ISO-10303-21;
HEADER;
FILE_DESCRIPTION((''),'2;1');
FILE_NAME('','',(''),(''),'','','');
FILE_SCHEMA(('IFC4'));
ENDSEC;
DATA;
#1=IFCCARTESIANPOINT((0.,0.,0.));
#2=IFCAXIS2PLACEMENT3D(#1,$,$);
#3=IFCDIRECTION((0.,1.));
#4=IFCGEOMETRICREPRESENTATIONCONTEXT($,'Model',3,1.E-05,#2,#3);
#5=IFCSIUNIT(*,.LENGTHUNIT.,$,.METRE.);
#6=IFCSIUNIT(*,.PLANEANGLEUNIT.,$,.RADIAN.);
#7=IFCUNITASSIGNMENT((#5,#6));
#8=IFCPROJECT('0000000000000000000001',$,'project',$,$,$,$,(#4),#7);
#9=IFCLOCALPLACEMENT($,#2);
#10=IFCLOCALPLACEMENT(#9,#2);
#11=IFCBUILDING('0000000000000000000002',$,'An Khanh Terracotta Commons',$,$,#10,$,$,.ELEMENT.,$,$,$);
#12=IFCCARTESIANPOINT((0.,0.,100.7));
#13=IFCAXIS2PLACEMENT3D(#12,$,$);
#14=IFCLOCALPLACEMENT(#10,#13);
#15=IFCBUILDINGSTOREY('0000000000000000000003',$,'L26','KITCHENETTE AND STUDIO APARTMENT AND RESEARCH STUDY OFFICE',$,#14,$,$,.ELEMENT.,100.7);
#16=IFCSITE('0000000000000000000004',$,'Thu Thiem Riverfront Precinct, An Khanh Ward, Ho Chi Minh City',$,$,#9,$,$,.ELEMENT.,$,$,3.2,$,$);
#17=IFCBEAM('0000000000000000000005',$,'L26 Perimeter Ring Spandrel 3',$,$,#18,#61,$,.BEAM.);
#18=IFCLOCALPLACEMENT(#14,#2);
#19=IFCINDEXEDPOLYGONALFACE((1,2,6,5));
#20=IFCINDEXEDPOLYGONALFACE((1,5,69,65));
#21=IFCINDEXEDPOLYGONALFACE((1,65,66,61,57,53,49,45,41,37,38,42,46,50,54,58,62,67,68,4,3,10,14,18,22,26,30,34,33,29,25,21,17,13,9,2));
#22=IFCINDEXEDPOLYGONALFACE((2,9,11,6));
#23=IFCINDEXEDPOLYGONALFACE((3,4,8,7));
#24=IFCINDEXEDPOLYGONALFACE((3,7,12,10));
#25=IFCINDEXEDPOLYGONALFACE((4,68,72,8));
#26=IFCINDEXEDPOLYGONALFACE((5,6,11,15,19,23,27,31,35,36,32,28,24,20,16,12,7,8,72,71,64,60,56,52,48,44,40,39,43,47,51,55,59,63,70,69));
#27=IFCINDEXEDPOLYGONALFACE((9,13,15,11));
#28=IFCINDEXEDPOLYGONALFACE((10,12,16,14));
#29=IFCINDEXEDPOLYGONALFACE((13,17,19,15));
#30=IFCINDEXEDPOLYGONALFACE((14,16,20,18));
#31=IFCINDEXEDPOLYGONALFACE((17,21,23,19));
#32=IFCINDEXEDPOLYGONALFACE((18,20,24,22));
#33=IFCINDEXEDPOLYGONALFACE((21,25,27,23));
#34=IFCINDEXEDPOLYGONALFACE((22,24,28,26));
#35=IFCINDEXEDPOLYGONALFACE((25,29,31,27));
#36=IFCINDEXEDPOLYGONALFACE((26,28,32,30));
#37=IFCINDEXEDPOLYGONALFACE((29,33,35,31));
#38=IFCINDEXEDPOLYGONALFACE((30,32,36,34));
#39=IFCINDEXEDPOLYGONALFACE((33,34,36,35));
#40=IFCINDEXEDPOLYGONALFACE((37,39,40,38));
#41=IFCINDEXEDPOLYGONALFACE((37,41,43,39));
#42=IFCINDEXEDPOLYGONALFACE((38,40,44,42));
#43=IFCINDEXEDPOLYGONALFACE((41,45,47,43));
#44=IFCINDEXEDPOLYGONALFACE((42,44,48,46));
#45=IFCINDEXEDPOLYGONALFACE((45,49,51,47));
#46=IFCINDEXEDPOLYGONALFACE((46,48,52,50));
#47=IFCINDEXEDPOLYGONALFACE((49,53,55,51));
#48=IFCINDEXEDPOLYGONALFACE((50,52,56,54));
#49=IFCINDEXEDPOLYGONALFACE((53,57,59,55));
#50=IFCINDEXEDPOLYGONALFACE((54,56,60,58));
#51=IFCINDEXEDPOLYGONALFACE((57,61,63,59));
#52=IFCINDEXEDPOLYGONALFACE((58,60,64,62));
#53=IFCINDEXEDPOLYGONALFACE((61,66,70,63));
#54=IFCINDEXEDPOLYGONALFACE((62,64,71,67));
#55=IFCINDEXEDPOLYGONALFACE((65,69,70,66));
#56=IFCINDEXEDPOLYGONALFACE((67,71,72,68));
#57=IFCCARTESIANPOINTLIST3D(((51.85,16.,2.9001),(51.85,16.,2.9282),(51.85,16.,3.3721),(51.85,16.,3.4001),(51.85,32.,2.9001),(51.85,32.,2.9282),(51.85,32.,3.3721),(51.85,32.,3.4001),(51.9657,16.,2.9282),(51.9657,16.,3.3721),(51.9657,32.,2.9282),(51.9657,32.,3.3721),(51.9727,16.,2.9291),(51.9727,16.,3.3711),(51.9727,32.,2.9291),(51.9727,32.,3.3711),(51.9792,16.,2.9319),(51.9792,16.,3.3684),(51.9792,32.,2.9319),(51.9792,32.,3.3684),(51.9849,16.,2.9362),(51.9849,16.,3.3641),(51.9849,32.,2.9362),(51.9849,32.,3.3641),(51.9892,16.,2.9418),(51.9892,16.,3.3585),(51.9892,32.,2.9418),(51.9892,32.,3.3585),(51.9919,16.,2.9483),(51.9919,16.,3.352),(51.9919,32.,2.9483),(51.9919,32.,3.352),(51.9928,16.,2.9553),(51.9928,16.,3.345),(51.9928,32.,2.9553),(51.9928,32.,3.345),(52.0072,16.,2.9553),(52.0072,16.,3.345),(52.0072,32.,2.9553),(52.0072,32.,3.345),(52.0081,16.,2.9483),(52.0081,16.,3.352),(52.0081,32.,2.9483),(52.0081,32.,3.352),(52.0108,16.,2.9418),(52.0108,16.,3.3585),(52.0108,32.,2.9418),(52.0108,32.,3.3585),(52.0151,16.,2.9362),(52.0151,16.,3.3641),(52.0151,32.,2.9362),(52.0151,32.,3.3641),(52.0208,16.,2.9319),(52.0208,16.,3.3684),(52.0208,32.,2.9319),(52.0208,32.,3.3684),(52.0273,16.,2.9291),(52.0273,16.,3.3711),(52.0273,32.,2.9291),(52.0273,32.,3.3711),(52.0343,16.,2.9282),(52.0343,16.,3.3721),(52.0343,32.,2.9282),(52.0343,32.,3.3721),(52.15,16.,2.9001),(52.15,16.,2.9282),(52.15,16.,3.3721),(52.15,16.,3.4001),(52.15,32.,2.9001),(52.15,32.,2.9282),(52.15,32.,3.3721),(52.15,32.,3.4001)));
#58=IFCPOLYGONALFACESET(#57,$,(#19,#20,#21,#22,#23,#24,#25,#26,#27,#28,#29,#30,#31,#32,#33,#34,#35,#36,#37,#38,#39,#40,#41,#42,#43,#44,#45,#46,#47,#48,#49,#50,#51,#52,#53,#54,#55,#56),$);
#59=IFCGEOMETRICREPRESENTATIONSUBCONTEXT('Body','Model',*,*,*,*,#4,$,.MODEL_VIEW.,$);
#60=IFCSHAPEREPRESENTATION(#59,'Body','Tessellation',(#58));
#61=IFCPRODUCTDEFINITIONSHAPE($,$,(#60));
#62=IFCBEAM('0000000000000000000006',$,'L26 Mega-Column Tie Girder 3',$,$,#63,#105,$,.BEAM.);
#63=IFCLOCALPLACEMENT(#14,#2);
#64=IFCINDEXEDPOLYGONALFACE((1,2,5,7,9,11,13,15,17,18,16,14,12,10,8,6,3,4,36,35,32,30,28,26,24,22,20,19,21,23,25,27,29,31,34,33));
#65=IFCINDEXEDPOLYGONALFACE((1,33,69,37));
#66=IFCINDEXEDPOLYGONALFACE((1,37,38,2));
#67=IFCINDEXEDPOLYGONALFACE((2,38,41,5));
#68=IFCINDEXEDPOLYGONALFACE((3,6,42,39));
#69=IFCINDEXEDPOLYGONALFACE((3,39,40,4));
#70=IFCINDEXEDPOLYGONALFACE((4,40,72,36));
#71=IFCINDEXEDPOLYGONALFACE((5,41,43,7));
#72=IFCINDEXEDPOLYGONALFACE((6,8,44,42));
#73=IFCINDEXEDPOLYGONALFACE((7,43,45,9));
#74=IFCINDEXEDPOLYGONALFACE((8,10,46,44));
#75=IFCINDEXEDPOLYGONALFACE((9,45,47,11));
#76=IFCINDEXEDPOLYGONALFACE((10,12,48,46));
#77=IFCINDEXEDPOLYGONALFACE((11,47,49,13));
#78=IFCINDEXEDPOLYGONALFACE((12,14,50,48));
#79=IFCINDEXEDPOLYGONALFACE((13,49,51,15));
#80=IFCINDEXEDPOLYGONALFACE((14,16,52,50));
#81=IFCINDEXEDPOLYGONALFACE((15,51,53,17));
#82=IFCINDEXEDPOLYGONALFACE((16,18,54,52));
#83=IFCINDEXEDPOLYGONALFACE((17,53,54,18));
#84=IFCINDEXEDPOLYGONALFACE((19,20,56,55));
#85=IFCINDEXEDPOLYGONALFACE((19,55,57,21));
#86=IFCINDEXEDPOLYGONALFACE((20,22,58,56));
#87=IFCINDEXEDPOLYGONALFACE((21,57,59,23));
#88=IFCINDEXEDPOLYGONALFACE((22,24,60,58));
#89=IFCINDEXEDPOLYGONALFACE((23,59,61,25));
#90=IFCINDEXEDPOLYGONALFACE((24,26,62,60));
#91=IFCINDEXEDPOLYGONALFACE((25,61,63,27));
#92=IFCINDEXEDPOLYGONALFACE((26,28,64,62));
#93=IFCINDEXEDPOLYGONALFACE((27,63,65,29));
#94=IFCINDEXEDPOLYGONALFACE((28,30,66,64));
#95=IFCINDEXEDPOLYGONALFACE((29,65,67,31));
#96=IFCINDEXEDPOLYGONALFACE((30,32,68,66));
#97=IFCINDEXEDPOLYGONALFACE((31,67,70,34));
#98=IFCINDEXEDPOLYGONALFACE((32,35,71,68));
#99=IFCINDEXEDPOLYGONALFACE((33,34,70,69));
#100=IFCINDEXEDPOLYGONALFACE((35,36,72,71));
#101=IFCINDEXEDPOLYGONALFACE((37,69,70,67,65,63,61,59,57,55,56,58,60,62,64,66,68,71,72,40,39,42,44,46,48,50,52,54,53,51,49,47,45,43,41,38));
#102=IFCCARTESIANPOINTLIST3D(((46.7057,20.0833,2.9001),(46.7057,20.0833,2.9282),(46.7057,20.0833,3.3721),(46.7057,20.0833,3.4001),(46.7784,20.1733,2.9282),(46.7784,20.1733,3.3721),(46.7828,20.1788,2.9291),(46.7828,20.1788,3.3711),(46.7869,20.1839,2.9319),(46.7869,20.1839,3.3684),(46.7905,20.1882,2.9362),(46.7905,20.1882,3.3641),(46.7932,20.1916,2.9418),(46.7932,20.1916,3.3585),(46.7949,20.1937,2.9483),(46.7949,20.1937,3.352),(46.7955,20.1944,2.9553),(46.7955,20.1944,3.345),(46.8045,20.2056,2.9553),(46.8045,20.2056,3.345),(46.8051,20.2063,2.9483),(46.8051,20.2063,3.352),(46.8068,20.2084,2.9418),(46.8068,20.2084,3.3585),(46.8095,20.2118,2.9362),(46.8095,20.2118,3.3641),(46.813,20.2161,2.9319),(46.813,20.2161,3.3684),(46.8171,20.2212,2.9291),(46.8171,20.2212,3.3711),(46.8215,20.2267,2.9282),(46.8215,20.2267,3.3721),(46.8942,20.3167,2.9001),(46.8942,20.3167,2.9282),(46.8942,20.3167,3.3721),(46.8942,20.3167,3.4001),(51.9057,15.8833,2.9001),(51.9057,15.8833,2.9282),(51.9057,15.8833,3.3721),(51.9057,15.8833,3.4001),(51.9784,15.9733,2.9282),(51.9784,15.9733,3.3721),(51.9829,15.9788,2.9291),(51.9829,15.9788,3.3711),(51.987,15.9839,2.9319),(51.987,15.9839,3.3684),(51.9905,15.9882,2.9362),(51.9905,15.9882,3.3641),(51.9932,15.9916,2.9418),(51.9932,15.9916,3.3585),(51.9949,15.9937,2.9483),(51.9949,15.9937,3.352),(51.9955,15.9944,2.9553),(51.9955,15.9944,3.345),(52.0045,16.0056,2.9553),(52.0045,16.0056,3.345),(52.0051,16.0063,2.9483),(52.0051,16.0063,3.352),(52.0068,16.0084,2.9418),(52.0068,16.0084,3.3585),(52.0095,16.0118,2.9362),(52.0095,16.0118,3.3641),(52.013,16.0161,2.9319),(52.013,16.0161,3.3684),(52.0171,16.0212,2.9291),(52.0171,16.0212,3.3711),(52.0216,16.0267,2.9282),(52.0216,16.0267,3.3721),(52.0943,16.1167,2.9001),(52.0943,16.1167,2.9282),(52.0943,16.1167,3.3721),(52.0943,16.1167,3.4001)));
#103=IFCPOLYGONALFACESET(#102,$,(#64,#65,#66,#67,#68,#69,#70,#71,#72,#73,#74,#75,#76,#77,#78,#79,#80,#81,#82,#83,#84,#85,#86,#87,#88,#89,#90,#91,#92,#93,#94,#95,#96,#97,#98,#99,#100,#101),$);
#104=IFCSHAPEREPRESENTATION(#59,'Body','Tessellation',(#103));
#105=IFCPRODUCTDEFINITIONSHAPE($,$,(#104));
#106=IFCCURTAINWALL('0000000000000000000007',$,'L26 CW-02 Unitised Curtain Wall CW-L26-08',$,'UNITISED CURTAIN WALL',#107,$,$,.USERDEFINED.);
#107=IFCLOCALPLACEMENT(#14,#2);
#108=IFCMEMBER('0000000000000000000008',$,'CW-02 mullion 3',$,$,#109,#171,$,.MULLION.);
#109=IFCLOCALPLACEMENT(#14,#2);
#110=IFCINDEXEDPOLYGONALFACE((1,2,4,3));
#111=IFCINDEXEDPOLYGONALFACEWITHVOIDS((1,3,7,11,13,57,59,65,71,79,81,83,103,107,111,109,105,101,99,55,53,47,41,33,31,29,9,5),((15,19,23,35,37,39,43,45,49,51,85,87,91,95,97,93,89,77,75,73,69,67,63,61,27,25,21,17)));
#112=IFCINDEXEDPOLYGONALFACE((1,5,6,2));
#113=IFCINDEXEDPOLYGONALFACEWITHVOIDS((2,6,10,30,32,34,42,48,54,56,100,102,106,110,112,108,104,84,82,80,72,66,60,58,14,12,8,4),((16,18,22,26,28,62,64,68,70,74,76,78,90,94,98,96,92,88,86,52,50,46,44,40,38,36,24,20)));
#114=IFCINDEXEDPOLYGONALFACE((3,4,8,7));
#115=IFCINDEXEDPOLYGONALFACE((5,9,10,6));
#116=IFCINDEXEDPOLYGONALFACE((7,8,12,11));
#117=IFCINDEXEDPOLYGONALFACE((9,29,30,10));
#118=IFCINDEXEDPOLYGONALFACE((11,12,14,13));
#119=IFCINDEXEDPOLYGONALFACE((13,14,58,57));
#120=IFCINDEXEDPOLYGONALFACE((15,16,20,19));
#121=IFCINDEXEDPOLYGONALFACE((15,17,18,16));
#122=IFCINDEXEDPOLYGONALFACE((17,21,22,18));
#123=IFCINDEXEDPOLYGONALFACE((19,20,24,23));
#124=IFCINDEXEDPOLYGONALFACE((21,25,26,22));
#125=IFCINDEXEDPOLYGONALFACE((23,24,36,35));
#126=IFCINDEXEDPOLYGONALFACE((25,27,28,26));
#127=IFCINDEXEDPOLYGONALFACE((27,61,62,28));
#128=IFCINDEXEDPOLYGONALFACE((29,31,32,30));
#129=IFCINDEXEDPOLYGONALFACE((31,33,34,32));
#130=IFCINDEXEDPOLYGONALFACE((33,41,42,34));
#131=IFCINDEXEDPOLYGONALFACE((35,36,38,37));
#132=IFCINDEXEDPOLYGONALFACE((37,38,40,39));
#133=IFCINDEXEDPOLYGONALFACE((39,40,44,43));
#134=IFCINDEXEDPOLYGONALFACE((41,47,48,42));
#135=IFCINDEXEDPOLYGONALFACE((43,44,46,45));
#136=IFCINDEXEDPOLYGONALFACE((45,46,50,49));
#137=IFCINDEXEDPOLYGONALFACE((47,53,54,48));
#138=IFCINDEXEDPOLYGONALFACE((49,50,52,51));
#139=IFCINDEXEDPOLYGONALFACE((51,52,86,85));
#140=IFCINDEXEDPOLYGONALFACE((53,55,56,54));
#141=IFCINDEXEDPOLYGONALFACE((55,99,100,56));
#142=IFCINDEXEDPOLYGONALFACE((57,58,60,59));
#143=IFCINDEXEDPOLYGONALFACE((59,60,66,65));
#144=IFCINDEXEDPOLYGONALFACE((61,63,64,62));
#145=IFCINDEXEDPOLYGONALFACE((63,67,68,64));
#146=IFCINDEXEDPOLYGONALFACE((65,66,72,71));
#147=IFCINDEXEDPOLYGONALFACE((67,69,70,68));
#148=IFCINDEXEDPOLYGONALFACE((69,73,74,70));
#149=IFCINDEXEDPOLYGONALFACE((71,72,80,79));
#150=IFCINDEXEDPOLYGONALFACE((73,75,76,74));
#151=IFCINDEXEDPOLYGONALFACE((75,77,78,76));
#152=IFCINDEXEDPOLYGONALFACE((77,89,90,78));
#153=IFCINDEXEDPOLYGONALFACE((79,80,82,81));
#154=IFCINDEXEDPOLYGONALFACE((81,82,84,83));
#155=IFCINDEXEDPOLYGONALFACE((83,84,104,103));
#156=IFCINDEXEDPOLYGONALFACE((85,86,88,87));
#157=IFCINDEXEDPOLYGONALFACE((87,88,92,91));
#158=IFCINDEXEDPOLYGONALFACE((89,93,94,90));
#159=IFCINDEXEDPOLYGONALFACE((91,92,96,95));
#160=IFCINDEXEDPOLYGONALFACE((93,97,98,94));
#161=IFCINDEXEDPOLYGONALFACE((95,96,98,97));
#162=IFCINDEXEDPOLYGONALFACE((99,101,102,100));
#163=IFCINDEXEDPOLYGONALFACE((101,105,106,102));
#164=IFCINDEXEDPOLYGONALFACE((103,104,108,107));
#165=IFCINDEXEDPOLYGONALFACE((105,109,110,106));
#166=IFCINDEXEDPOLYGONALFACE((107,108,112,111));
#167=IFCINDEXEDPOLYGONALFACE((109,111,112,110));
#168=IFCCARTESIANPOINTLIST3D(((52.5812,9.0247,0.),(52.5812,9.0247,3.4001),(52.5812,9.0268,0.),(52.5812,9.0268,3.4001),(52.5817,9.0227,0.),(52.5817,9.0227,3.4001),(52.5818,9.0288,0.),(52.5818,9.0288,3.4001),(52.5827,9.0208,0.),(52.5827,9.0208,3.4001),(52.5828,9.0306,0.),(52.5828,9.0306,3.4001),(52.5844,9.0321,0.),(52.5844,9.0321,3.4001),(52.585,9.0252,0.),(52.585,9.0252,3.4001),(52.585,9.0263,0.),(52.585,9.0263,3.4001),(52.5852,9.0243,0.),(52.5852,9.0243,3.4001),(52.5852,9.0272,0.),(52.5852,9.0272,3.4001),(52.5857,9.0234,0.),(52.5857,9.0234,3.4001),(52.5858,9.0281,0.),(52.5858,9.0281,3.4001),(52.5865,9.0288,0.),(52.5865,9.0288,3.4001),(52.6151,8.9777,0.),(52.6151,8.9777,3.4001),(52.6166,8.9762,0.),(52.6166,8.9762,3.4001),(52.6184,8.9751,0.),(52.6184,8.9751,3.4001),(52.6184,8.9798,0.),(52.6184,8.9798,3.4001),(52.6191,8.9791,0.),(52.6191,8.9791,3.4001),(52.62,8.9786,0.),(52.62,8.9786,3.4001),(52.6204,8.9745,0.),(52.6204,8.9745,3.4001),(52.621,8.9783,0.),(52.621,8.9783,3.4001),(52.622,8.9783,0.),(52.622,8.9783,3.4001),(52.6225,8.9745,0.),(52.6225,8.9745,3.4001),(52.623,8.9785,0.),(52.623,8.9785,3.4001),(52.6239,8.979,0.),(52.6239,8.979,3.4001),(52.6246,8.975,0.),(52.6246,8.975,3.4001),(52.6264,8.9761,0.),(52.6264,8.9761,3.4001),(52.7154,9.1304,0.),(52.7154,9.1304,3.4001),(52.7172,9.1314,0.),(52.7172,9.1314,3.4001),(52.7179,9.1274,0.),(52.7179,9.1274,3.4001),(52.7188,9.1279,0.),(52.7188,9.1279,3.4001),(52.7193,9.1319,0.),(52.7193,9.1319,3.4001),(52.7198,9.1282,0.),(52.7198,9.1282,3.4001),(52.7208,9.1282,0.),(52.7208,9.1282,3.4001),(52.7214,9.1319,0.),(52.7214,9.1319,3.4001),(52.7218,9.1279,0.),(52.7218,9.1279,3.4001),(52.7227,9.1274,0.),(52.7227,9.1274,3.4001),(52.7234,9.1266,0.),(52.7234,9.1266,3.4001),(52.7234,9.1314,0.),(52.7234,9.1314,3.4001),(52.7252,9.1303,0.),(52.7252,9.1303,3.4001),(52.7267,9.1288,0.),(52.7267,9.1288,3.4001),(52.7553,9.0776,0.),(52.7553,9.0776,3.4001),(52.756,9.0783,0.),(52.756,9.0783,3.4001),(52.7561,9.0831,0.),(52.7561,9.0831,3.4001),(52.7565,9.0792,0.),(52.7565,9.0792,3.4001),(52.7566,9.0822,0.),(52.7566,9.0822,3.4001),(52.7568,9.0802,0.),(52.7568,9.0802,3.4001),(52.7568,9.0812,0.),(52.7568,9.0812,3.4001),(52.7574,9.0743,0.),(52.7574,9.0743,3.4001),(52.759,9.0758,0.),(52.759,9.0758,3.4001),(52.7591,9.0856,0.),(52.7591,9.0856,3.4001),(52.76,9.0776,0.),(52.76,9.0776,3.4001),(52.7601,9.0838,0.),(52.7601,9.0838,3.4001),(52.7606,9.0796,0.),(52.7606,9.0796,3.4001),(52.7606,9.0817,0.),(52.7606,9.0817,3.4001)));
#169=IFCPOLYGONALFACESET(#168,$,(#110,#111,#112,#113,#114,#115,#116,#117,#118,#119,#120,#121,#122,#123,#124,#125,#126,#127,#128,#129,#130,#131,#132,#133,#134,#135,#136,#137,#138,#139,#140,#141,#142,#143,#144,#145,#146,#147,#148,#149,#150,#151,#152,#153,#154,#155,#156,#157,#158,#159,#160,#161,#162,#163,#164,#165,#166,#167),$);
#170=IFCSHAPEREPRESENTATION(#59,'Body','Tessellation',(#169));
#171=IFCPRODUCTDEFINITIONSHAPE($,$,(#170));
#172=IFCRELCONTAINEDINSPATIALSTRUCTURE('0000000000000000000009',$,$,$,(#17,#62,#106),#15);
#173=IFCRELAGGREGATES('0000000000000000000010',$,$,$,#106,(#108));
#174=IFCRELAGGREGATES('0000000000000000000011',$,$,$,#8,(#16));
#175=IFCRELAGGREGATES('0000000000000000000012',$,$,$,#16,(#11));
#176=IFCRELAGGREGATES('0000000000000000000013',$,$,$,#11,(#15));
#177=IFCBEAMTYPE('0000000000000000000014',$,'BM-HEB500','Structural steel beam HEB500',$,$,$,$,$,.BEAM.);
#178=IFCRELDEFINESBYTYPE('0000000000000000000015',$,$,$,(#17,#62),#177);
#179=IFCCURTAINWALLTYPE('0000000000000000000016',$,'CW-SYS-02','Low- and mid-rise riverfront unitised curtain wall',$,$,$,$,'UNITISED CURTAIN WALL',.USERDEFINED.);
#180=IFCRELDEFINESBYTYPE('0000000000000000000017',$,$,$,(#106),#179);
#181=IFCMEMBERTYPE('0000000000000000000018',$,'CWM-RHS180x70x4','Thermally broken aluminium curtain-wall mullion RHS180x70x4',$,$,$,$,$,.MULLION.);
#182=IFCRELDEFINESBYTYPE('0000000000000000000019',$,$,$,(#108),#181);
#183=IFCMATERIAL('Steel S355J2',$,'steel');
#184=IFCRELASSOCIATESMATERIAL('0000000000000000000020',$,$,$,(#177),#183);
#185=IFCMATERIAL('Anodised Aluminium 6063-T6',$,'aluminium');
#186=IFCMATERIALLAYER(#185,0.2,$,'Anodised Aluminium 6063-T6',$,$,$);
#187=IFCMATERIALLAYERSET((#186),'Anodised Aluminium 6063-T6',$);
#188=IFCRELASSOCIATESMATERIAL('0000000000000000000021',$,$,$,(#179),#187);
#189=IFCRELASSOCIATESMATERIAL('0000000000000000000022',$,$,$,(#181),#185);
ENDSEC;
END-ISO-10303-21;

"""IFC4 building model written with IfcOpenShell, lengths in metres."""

from ifc_helpers import new_model, si_unit, direction, frame, origin, origin_2d, place, context, subcontext, project, spatial, hollow_rectangle, i_section, extrude, material, layer, layer_set, material_profile, profile_set, type_object, element, aggregate, save


model = new_model("IFC4")

# Units and contexts
model_context = context("Model", 3, precision=1e-05, world=origin(), true_north=direction((0.0, 1.0)))
body_context = subcontext(model_context, "Body", "Model", "MODEL_VIEW")
ifc_project = project(units=[si_unit("LENGTHUNIT", "METRE"), si_unit("PLANEANGLEUNIT", "RADIAN")], contexts=[model_context])

# Site, building, storey
site_placement = place(None, origin())
site = spatial("IfcSite", under=ifc_project, at=site_placement, Name="Thu Thiem Riverfront Precinct, An Khanh Ward, Ho Chi Minh City", CompositionType="ELEMENT", RefElevation=3.2)
building_placement = place(site_placement, origin())
building = spatial("IfcBuilding", under=site, at=building_placement, Name="An Khanh Terracotta Commons", CompositionType="ELEMENT")
storey_placement = place(building_placement, frame((0.0, 0.0, 100.7)))
storey = spatial("IfcBuildingStorey", under=building, at=storey_placement, Name="L26", Description="KITCHENETTE AND STUDIO APARTMENT AND RESEARCH STUDY OFFICE", CompositionType="ELEMENT", Elevation=100.7)

# Beams
ifc_material_1 = material(Name="Steel S355J2", Category="steel")
ifc_material_profile_1 = material_profile(ifc_material_1, i_section(OverallWidth=0.3, OverallDepth=0.5, WebThickness=0.0144, FlangeThickness=0.0281, FilletRadius=0.0271, at=origin_2d()), Name="HEB500")
ifc_profile_set_1 = profile_set([ifc_material_profile_1], Name="Steel S355J2")
beam_type = type_object("IfcBeamType", Name="BM-HEB500", Description="Structural steel beam HEB500", PredefinedType="BEAM", material=ifc_profile_set_1)
beam_1_placement = place(storey_placement, frame((52.0, 16.0, 3.1501), z_axis=(0.0, 1.0, 0.0), x_axis=(-1.0, 0.0, 0.0)))
element("IfcBeam", 1, at=beam_1_placement, inside=storey, type_object=beam_type, Name="L26 Perimeter Ring Spandrel 3", PredefinedType="BEAM", context=body_context, shape_type="SweptSolid", body=[
    extrude(i_section(OverallWidth=0.3, OverallDepth=0.5, WebThickness=0.0144, FlangeThickness=0.0281, FilletRadius=0.0271, at=origin_2d()), origin(), (0.0, 0.0, 1.0), 16.0),
])
beam_2_placement = place(storey_placement, frame((52.0, 16.0, 3.1501), z_axis=(-0.777942, 0.628336, 0.0), x_axis=(-0.628336, -0.777942, 0.0)))
element("IfcBeam", 2, at=beam_2_placement, inside=storey, type_object=beam_type, Name="L26 Mega-Column Tie Girder 3", PredefinedType="BEAM", context=body_context, shape_type="SweptSolid", body=[
    extrude(i_section(OverallWidth=0.3, OverallDepth=0.5, WebThickness=0.0144, FlangeThickness=0.0281, FilletRadius=0.0271, at=origin_2d()), origin(), (0.0, 0.0, 1.0), 6.6843),
])

# Curtain wall, member
ifc_material_2 = material(Name="Anodised Aluminium 6063-T6", Category="aluminium")
ifc_layer_1 = layer(ifc_material_2, 0.2, Name="Anodised Aluminium 6063-T6")
ifc_layer_set_1 = layer_set([ifc_layer_1], Name="Anodised Aluminium 6063-T6")
curtain_wall_type = type_object("IfcCurtainWallType", Name="CW-SYS-02", Description="Low- and mid-rise riverfront unitised curtain wall", ElementType="UNITISED CURTAIN WALL", PredefinedType="USERDEFINED", material=ifc_layer_set_1)
curtain_wall_1_placement = place(storey_placement, origin())
curtain_wall_1 = element("IfcCurtainWall", 3, at=curtain_wall_1_placement, inside=storey, type_object=curtain_wall_type, Name="L26 CW-02 Unitised Curtain Wall CW-L26-08", ObjectType="UNITISED CURTAIN WALL", PredefinedType="USERDEFINED")
ifc_material_profile_2 = material_profile(ifc_material_2, hollow_rectangle(XDim=0.0701, YDim=0.1799, WallThickness=0.0039, InnerFilletRadius=0.0039, OuterFilletRadius=0.0081, at=origin_2d()), Name="RHS180x70x4")
ifc_profile_set_2 = profile_set([ifc_material_profile_2], Name="Anodised Aluminium 6063-T6")
member_type_1 = type_object("IfcMemberType", Name="CWM-RHS180x70x4", Description="Thermally broken aluminium curtain-wall mullion RHS180x70x4", PredefinedType="MULLION", material=ifc_profile_set_2)
member_1_placement = place(storey_placement, frame((52.6709, 9.0532, 0.0), z_axis=(0.0, 0.0, 1.0), x_axis=(-0.599983, 0.800013, 0.0)))
member_1 = element("IfcMember", 4, at=member_1_placement, type_object=member_type_1, Name="CW-02 mullion 3", PredefinedType="MULLION", context=body_context, shape_type="SweptSolid", body=[
    extrude(hollow_rectangle(XDim=0.0701, YDim=0.1799, WallThickness=0.0039, InnerFilletRadius=0.0039, OuterFilletRadius=0.0081, at=origin_2d()), origin(), (0.0, 0.0, 1.0), 3.4001),
])

aggregate(curtain_wall_1, [member_1])

save(model, "model.ifc")
